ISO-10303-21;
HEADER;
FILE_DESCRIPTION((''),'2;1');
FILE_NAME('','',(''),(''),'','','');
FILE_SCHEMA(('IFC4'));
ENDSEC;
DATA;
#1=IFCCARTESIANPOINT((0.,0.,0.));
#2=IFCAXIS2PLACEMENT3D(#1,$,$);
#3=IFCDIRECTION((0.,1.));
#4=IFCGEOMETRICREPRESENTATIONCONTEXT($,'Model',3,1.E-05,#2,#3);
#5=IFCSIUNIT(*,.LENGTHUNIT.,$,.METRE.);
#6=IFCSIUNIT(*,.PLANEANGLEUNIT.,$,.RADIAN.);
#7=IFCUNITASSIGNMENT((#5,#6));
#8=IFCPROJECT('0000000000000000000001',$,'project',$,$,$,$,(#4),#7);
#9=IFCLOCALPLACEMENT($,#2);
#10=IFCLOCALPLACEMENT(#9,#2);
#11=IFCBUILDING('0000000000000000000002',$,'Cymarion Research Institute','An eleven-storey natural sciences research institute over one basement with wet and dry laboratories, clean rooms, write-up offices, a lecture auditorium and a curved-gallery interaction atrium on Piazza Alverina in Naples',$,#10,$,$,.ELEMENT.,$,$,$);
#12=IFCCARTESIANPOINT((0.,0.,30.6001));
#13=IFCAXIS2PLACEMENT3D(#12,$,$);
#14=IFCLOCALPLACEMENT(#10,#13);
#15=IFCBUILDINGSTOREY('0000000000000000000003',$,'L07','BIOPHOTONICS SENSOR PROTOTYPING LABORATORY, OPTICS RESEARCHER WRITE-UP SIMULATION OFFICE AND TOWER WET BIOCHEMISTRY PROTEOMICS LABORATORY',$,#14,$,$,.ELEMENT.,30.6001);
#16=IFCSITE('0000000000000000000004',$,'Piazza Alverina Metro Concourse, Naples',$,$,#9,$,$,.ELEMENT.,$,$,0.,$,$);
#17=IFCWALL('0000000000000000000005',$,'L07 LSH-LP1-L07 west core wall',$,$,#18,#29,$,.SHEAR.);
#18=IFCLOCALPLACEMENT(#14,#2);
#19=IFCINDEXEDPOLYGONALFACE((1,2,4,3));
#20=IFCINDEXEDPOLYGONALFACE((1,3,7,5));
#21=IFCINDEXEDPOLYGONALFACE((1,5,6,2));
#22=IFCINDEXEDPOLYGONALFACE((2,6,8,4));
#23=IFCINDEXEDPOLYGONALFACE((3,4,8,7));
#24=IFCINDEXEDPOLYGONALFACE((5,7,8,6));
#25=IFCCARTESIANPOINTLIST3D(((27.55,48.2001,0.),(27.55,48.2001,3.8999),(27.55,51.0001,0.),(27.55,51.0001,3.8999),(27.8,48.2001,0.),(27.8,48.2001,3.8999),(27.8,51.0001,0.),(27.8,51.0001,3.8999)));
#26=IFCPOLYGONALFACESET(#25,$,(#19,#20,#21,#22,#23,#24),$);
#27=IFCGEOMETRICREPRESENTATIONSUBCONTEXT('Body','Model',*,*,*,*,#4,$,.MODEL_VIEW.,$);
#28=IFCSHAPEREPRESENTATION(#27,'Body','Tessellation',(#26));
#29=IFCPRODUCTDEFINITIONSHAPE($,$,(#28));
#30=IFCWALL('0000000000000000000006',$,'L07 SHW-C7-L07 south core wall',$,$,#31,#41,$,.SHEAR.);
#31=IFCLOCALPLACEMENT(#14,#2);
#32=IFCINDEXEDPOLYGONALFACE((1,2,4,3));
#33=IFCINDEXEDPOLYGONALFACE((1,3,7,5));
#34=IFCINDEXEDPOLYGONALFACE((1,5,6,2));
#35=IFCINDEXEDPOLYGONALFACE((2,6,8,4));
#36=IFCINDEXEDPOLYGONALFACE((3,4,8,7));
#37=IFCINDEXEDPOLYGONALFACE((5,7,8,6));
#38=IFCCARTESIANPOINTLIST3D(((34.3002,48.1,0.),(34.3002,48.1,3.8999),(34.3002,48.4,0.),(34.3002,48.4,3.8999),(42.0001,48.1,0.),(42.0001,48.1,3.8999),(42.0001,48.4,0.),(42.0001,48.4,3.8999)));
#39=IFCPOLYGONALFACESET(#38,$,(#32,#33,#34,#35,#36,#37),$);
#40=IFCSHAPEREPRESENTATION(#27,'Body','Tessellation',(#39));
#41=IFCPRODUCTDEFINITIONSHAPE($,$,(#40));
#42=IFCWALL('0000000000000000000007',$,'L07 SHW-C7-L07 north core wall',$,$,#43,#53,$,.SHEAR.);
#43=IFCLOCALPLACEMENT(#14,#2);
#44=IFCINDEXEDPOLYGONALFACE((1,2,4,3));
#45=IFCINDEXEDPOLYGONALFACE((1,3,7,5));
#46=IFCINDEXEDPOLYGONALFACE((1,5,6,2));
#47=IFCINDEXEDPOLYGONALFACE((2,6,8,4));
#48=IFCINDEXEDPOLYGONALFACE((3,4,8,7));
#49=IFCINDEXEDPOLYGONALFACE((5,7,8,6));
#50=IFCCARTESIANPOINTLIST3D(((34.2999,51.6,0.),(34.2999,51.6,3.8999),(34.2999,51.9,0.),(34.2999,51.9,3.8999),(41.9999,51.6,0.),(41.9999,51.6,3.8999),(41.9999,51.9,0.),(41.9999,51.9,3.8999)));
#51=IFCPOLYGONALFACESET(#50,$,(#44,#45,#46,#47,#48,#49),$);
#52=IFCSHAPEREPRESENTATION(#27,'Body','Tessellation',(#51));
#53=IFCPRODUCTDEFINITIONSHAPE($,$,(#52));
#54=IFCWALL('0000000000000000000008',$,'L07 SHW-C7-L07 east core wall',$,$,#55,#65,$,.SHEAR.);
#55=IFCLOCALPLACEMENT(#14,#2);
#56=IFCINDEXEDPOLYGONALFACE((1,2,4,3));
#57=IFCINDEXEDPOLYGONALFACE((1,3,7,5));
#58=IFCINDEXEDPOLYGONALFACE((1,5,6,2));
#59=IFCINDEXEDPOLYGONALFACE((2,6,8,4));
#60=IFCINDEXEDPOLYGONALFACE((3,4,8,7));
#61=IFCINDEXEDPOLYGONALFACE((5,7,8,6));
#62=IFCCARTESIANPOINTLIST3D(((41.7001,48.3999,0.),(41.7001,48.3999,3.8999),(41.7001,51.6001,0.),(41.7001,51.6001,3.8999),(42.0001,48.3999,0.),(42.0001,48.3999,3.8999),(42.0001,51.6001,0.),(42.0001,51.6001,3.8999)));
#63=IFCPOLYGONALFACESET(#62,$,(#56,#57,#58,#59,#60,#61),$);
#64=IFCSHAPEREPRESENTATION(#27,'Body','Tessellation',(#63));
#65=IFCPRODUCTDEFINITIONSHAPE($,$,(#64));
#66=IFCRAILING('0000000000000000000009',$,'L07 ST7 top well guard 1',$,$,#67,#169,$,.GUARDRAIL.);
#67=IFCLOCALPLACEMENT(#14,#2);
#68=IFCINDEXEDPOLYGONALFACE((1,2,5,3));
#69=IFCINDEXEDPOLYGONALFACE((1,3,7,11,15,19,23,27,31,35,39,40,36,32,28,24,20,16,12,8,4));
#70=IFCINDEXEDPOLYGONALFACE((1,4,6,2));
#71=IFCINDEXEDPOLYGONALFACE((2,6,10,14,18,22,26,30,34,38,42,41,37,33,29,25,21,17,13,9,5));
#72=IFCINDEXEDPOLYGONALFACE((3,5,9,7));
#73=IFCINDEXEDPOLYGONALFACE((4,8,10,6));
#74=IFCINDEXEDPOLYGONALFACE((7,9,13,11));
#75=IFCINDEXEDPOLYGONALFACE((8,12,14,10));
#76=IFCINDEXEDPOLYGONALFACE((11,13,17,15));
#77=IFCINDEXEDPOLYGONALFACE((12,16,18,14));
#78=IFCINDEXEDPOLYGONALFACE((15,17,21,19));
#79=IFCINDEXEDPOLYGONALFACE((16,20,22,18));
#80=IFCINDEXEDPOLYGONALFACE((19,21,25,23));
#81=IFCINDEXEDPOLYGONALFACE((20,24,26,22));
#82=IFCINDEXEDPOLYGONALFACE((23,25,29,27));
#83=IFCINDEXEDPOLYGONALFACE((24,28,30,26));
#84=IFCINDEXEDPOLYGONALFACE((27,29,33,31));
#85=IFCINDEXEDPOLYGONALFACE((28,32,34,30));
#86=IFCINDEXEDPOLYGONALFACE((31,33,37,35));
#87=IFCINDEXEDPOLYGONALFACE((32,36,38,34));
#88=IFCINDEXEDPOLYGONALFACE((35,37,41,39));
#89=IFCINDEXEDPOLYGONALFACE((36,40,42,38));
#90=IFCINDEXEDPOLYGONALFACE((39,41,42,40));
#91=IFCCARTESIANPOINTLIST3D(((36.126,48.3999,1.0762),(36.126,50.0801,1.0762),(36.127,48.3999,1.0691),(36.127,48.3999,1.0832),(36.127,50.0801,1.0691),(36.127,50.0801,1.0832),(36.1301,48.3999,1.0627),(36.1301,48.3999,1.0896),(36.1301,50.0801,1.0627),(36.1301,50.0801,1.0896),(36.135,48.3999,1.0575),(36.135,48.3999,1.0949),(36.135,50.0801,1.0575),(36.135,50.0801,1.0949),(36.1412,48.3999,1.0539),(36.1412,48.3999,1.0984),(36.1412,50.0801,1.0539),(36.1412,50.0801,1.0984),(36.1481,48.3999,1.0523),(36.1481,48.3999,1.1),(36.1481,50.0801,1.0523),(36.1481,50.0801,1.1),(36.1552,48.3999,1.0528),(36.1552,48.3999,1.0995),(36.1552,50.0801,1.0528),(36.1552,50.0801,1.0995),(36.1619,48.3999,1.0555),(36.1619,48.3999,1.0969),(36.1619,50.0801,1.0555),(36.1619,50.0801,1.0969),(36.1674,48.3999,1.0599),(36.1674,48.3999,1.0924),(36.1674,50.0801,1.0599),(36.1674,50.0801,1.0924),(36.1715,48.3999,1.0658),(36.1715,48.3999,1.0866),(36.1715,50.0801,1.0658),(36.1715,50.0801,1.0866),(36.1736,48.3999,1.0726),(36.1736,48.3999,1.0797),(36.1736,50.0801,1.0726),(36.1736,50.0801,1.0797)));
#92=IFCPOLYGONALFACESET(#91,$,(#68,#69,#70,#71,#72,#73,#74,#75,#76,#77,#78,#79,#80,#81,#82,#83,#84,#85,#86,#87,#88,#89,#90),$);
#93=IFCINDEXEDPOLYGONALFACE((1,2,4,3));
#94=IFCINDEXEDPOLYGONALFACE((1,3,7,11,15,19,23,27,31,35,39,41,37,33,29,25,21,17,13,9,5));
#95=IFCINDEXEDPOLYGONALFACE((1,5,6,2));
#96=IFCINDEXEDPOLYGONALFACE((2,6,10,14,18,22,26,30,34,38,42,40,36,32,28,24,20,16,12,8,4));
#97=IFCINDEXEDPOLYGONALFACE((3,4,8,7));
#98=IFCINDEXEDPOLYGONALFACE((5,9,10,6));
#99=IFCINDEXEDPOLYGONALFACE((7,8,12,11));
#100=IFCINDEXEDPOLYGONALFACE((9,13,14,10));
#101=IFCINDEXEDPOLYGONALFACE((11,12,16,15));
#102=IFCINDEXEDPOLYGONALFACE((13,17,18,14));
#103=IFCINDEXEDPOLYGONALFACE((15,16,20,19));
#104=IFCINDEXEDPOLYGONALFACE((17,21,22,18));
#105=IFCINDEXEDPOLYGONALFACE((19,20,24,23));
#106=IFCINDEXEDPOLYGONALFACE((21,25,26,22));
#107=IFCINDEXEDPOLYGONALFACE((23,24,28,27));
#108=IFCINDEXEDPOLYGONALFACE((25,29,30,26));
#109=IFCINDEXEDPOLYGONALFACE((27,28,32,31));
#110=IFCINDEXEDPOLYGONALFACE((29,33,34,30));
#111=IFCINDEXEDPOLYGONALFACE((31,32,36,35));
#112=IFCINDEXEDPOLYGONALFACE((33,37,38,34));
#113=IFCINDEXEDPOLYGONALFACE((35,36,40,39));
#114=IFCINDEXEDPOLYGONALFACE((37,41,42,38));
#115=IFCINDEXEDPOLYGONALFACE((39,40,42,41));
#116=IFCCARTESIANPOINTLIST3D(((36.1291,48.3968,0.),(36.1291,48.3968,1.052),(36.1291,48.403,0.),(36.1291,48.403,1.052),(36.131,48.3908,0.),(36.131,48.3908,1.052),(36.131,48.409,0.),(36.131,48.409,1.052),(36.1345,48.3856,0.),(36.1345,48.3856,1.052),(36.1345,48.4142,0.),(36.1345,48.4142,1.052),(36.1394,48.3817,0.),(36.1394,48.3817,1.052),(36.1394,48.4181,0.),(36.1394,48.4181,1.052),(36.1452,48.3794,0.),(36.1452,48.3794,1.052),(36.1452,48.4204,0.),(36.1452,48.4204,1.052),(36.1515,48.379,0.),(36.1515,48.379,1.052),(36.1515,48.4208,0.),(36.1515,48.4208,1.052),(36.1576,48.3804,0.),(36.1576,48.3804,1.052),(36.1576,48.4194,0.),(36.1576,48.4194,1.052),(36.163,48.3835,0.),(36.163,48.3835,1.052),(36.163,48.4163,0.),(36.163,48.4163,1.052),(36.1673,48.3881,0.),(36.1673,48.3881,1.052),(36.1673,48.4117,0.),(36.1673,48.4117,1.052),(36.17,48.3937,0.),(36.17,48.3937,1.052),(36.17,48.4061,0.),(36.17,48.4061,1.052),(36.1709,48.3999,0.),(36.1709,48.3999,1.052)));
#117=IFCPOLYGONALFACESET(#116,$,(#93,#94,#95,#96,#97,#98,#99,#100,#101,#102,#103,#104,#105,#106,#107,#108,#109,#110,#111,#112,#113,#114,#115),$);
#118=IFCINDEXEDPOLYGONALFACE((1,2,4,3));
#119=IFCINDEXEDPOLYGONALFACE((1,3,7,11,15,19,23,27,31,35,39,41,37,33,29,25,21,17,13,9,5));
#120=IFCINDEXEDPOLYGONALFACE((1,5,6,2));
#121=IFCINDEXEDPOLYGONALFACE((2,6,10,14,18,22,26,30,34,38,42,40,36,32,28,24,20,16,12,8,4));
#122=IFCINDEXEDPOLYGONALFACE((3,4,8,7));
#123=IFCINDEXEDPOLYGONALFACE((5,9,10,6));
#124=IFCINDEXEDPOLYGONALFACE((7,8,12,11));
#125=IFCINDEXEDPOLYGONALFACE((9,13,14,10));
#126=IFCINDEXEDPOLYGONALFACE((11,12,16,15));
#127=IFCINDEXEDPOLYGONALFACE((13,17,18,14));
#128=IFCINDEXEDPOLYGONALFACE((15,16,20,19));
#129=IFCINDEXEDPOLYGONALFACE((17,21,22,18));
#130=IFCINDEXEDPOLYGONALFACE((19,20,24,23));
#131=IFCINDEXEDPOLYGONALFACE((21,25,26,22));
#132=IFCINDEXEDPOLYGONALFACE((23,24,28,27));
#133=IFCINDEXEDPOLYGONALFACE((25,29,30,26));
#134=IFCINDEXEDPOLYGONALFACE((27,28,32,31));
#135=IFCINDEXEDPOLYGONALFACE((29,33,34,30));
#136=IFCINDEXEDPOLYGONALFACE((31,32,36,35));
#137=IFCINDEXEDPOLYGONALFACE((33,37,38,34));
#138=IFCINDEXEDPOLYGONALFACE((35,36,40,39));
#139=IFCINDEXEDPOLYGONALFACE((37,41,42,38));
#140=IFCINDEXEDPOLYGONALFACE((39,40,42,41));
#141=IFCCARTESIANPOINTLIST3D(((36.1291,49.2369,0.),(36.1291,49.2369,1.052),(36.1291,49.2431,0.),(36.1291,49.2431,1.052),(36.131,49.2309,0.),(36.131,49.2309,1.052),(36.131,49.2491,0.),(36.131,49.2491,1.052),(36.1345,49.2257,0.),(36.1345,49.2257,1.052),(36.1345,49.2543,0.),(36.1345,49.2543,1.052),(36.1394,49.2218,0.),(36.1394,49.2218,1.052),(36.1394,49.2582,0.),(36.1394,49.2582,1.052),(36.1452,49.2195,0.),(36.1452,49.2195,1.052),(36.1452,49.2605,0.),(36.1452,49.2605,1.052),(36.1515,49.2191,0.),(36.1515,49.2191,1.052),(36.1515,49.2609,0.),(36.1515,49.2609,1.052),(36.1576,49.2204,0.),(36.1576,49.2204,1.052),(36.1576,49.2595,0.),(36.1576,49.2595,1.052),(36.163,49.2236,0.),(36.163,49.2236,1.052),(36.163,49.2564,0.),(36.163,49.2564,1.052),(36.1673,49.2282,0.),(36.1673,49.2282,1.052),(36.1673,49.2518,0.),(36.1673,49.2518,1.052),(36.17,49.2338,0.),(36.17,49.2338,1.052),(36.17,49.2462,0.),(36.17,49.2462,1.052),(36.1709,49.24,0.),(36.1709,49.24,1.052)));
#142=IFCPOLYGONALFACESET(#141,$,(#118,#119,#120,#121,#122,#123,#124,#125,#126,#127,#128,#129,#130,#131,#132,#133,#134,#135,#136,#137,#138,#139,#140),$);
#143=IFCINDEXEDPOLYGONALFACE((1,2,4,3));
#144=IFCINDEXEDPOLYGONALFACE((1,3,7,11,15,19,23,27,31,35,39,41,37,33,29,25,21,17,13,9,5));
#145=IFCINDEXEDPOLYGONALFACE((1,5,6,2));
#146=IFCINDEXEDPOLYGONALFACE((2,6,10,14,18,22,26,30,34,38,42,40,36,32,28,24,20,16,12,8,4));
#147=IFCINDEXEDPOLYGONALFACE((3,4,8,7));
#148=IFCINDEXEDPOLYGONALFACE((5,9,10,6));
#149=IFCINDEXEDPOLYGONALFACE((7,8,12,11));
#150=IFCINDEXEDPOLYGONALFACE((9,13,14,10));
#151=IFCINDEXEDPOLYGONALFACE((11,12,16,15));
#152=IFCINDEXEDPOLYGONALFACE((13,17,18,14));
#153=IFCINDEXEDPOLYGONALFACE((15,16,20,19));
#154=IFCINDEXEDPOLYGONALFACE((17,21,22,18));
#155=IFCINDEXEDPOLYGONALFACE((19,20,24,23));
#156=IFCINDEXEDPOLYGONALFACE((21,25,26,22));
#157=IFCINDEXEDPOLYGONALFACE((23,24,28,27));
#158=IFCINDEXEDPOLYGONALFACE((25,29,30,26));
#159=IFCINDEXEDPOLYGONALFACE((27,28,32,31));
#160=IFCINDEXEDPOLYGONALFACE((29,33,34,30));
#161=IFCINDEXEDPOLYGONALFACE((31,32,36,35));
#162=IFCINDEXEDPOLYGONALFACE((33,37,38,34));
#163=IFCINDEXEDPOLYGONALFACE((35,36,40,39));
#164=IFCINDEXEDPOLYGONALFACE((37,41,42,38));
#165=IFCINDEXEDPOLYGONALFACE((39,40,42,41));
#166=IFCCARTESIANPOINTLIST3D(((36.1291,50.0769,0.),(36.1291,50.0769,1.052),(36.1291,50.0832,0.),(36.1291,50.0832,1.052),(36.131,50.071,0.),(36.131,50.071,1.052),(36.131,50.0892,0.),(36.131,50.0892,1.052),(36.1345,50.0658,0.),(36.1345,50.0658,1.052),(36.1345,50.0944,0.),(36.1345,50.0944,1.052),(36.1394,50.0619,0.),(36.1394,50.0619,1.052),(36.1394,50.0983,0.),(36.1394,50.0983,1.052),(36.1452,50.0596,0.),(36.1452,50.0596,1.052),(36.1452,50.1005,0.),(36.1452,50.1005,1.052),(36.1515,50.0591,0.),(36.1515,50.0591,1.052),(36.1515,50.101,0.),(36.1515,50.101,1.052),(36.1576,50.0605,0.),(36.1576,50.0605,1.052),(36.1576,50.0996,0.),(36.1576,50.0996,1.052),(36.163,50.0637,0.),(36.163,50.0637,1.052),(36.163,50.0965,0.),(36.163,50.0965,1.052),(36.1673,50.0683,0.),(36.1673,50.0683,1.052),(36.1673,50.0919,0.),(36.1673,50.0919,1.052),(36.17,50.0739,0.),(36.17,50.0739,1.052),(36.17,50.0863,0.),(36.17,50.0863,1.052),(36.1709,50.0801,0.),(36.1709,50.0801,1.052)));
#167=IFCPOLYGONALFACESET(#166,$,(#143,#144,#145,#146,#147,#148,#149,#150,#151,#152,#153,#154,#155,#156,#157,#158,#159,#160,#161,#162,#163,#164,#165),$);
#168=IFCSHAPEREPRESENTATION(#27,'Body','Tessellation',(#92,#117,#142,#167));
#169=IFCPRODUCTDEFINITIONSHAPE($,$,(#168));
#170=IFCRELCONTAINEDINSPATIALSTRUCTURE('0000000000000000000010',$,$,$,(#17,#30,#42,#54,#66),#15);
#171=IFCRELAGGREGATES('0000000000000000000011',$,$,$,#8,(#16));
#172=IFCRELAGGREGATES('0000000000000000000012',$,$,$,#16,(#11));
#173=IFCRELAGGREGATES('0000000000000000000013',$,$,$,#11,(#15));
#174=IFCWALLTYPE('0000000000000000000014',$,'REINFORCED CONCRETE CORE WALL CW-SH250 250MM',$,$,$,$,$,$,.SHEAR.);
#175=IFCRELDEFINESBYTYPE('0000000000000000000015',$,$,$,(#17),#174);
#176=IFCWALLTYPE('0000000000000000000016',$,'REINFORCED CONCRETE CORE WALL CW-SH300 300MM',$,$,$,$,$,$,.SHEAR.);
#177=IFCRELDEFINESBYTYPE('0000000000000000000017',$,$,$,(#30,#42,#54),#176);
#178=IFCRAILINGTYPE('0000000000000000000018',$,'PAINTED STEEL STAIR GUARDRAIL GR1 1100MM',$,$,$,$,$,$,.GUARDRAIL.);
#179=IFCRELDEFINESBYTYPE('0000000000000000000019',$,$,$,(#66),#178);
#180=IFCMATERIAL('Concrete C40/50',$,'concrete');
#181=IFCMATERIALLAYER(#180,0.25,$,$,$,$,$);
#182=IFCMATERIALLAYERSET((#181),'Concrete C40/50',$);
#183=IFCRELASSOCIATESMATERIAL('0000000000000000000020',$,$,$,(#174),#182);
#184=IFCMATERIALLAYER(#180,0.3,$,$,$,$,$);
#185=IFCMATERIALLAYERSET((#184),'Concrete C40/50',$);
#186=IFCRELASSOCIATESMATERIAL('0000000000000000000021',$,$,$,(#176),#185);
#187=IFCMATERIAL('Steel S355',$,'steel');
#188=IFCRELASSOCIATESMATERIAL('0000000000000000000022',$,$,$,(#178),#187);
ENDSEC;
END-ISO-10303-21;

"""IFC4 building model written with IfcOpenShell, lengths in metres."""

from ifc_helpers import new_model, si_unit, direction, frame, frame_2d, origin, origin_2d, place, context, subcontext, project, spatial, rectangle, circle, extrude, material, layer, layer_set, type_object, element, save


model = new_model("IFC4")

# Units and contexts
model_context = context("Model", 3, precision=1e-05, world=origin(), true_north=direction((0.0, 1.0)))
body_context = subcontext(model_context, "Body", "Model", "MODEL_VIEW")
ifc_project = project(units=[si_unit("LENGTHUNIT", "METRE"), si_unit("PLANEANGLEUNIT", "RADIAN")], contexts=[model_context])

# Site, building, storey
site_placement = place(None, origin())
site = spatial("IfcSite", under=ifc_project, at=site_placement, Name="Piazza Alverina Metro Concourse, Naples", CompositionType="ELEMENT", RefElevation=0.0)
building_placement = place(site_placement, origin())
building = spatial("IfcBuilding", under=site, at=building_placement, Name="Cymarion Research Institute", Description="An eleven-storey natural sciences research institute over one basement with wet and dry laboratories, clean rooms, write-up offices, a lecture auditorium and a curved-gallery interaction atrium on Piazza Alverina in Naples", CompositionType="ELEMENT")
storey_placement = place(building_placement, frame((0.0, 0.0, 30.6001)))
storey = spatial("IfcBuildingStorey", under=building, at=storey_placement, Name="L07", Description="BIOPHOTONICS SENSOR PROTOTYPING LABORATORY, OPTICS RESEARCHER WRITE-UP SIMULATION OFFICE AND TOWER WET BIOCHEMISTRY PROTEOMICS LABORATORY", CompositionType="ELEMENT", Elevation=30.6001)

# Shared definitions
ifc_material_1 = material(Name="Steel S355", Category="steel")
ifc_material_2 = material(Name="Concrete C40/50", Category="concrete")

# Wall
ifc_layer_1 = layer(ifc_material_2, 0.25)
ifc_layer_set_1 = layer_set([ifc_layer_1], Name="Concrete C40/50")
wall_type_1 = type_object("IfcWallType", Name="REINFORCED CONCRETE CORE WALL CW-SH250 250MM", PredefinedType="SHEAR", material=ifc_layer_set_1)
wall_1_placement = place(storey_placement, frame((27.675, 51.0, 0.0), z_axis=(0.0, 0.0, 1.0), x_axis=(0.0, -1.0, 0.0)))
element("IfcWall", 1, at=wall_1_placement, inside=storey, type_object=wall_type_1, Name="L07 LSH-LP1-L07 west core wall", PredefinedType="SHEAR", context=body_context, shape_type="SweptSolid", body=[
    extrude(rectangle(XDim=2.8, YDim=0.25, at=frame_2d((1.3999, 0.0))), origin(), (0.0, 0.0, 1.0), 3.8999),
])

# Walls
ifc_layer_2 = layer(ifc_material_2, 0.3)
ifc_layer_set_2 = layer_set([ifc_layer_2], Name="Concrete C40/50")
wall_type_2 = type_object("IfcWallType", Name="REINFORCED CONCRETE CORE WALL CW-SH300 300MM", PredefinedType="SHEAR", material=ifc_layer_set_2)
for number, where, z_axis, x_axis, name in (
    (2, (34.3, 48.25, 0.0), (0.0, 0.0, 1.0), (1.0, 0.0, 0.0), "L07 SHW-C7-L07 south core wall"),
    (3, (42.0, 51.75, 0.0), (0.0, 0.0, 1.0), (-1.0, 0.0, 0.0), "L07 SHW-C7-L07 north core wall"),
):
    element("IfcWall", number, at=place(storey_placement, frame(where, z_axis=z_axis, x_axis=x_axis)), inside=storey, type_object=wall_type_2, Name=name, PredefinedType="SHEAR", context=body_context, shape_type="SweptSolid", body=[
        extrude(rectangle(XDim=7.7, YDim=0.3, at=frame_2d((3.8501, 0.0))), origin(), (0.0, 0.0, 1.0), 3.8999),
    ])

# Wall
wall_2_placement = place(storey_placement, frame((41.8501, 48.3999, 0.0), z_axis=(0.0, 0.0, 1.0), x_axis=(0.0, 1.0, 0.0)))
element("IfcWall", 4, at=wall_2_placement, inside=storey, type_object=wall_type_2, Name="L07 SHW-C7-L07 east core wall", PredefinedType="SHEAR", context=body_context, shape_type="SweptSolid", body=[
    extrude(rectangle(XDim=3.2002, YDim=0.3, at=frame_2d((1.6001, 0.0))), origin(), (0.0, 0.0, 1.0), 3.8999),
])

# Railing
railing_type = type_object("IfcRailingType", Name="PAINTED STEEL STAIR GUARDRAIL GR1 1100MM", PredefinedType="GUARDRAIL", material=ifc_material_1)
railing_placement = place(storey_placement, frame((36.1499, 48.3999, 0.0)))
element("IfcRailing", 5, at=railing_placement, inside=storey, type_object=railing_type, Name="L07 ST7 top well guard 1", PredefinedType="GUARDRAIL", context=body_context, shape_type="SweptSolid", body=[
    extrude(circle(Radius=0.0239, at=origin_2d()), frame((0.0, 0.0, 1.0762), z_axis=(0.0, 1.0, 0.0), x_axis=(-1.0, 0.0, 0.0)), (0.0, 0.0, 1.0), 1.6802),
    extrude(circle(Radius=0.021, at=origin_2d()), origin(), (0.0, 0.0, 1.0), 1.052),
    extrude(circle(Radius=0.021, at=origin_2d()), frame((0.0, 0.8401, 0.0)), (0.0, 0.0, 1.0), 1.052),
    extrude(circle(Radius=0.021, at=origin_2d()), frame((0.0, 1.6802, 0.0)), (0.0, 0.0, 1.0), 1.052),
])

save(model, "model.ifc")
